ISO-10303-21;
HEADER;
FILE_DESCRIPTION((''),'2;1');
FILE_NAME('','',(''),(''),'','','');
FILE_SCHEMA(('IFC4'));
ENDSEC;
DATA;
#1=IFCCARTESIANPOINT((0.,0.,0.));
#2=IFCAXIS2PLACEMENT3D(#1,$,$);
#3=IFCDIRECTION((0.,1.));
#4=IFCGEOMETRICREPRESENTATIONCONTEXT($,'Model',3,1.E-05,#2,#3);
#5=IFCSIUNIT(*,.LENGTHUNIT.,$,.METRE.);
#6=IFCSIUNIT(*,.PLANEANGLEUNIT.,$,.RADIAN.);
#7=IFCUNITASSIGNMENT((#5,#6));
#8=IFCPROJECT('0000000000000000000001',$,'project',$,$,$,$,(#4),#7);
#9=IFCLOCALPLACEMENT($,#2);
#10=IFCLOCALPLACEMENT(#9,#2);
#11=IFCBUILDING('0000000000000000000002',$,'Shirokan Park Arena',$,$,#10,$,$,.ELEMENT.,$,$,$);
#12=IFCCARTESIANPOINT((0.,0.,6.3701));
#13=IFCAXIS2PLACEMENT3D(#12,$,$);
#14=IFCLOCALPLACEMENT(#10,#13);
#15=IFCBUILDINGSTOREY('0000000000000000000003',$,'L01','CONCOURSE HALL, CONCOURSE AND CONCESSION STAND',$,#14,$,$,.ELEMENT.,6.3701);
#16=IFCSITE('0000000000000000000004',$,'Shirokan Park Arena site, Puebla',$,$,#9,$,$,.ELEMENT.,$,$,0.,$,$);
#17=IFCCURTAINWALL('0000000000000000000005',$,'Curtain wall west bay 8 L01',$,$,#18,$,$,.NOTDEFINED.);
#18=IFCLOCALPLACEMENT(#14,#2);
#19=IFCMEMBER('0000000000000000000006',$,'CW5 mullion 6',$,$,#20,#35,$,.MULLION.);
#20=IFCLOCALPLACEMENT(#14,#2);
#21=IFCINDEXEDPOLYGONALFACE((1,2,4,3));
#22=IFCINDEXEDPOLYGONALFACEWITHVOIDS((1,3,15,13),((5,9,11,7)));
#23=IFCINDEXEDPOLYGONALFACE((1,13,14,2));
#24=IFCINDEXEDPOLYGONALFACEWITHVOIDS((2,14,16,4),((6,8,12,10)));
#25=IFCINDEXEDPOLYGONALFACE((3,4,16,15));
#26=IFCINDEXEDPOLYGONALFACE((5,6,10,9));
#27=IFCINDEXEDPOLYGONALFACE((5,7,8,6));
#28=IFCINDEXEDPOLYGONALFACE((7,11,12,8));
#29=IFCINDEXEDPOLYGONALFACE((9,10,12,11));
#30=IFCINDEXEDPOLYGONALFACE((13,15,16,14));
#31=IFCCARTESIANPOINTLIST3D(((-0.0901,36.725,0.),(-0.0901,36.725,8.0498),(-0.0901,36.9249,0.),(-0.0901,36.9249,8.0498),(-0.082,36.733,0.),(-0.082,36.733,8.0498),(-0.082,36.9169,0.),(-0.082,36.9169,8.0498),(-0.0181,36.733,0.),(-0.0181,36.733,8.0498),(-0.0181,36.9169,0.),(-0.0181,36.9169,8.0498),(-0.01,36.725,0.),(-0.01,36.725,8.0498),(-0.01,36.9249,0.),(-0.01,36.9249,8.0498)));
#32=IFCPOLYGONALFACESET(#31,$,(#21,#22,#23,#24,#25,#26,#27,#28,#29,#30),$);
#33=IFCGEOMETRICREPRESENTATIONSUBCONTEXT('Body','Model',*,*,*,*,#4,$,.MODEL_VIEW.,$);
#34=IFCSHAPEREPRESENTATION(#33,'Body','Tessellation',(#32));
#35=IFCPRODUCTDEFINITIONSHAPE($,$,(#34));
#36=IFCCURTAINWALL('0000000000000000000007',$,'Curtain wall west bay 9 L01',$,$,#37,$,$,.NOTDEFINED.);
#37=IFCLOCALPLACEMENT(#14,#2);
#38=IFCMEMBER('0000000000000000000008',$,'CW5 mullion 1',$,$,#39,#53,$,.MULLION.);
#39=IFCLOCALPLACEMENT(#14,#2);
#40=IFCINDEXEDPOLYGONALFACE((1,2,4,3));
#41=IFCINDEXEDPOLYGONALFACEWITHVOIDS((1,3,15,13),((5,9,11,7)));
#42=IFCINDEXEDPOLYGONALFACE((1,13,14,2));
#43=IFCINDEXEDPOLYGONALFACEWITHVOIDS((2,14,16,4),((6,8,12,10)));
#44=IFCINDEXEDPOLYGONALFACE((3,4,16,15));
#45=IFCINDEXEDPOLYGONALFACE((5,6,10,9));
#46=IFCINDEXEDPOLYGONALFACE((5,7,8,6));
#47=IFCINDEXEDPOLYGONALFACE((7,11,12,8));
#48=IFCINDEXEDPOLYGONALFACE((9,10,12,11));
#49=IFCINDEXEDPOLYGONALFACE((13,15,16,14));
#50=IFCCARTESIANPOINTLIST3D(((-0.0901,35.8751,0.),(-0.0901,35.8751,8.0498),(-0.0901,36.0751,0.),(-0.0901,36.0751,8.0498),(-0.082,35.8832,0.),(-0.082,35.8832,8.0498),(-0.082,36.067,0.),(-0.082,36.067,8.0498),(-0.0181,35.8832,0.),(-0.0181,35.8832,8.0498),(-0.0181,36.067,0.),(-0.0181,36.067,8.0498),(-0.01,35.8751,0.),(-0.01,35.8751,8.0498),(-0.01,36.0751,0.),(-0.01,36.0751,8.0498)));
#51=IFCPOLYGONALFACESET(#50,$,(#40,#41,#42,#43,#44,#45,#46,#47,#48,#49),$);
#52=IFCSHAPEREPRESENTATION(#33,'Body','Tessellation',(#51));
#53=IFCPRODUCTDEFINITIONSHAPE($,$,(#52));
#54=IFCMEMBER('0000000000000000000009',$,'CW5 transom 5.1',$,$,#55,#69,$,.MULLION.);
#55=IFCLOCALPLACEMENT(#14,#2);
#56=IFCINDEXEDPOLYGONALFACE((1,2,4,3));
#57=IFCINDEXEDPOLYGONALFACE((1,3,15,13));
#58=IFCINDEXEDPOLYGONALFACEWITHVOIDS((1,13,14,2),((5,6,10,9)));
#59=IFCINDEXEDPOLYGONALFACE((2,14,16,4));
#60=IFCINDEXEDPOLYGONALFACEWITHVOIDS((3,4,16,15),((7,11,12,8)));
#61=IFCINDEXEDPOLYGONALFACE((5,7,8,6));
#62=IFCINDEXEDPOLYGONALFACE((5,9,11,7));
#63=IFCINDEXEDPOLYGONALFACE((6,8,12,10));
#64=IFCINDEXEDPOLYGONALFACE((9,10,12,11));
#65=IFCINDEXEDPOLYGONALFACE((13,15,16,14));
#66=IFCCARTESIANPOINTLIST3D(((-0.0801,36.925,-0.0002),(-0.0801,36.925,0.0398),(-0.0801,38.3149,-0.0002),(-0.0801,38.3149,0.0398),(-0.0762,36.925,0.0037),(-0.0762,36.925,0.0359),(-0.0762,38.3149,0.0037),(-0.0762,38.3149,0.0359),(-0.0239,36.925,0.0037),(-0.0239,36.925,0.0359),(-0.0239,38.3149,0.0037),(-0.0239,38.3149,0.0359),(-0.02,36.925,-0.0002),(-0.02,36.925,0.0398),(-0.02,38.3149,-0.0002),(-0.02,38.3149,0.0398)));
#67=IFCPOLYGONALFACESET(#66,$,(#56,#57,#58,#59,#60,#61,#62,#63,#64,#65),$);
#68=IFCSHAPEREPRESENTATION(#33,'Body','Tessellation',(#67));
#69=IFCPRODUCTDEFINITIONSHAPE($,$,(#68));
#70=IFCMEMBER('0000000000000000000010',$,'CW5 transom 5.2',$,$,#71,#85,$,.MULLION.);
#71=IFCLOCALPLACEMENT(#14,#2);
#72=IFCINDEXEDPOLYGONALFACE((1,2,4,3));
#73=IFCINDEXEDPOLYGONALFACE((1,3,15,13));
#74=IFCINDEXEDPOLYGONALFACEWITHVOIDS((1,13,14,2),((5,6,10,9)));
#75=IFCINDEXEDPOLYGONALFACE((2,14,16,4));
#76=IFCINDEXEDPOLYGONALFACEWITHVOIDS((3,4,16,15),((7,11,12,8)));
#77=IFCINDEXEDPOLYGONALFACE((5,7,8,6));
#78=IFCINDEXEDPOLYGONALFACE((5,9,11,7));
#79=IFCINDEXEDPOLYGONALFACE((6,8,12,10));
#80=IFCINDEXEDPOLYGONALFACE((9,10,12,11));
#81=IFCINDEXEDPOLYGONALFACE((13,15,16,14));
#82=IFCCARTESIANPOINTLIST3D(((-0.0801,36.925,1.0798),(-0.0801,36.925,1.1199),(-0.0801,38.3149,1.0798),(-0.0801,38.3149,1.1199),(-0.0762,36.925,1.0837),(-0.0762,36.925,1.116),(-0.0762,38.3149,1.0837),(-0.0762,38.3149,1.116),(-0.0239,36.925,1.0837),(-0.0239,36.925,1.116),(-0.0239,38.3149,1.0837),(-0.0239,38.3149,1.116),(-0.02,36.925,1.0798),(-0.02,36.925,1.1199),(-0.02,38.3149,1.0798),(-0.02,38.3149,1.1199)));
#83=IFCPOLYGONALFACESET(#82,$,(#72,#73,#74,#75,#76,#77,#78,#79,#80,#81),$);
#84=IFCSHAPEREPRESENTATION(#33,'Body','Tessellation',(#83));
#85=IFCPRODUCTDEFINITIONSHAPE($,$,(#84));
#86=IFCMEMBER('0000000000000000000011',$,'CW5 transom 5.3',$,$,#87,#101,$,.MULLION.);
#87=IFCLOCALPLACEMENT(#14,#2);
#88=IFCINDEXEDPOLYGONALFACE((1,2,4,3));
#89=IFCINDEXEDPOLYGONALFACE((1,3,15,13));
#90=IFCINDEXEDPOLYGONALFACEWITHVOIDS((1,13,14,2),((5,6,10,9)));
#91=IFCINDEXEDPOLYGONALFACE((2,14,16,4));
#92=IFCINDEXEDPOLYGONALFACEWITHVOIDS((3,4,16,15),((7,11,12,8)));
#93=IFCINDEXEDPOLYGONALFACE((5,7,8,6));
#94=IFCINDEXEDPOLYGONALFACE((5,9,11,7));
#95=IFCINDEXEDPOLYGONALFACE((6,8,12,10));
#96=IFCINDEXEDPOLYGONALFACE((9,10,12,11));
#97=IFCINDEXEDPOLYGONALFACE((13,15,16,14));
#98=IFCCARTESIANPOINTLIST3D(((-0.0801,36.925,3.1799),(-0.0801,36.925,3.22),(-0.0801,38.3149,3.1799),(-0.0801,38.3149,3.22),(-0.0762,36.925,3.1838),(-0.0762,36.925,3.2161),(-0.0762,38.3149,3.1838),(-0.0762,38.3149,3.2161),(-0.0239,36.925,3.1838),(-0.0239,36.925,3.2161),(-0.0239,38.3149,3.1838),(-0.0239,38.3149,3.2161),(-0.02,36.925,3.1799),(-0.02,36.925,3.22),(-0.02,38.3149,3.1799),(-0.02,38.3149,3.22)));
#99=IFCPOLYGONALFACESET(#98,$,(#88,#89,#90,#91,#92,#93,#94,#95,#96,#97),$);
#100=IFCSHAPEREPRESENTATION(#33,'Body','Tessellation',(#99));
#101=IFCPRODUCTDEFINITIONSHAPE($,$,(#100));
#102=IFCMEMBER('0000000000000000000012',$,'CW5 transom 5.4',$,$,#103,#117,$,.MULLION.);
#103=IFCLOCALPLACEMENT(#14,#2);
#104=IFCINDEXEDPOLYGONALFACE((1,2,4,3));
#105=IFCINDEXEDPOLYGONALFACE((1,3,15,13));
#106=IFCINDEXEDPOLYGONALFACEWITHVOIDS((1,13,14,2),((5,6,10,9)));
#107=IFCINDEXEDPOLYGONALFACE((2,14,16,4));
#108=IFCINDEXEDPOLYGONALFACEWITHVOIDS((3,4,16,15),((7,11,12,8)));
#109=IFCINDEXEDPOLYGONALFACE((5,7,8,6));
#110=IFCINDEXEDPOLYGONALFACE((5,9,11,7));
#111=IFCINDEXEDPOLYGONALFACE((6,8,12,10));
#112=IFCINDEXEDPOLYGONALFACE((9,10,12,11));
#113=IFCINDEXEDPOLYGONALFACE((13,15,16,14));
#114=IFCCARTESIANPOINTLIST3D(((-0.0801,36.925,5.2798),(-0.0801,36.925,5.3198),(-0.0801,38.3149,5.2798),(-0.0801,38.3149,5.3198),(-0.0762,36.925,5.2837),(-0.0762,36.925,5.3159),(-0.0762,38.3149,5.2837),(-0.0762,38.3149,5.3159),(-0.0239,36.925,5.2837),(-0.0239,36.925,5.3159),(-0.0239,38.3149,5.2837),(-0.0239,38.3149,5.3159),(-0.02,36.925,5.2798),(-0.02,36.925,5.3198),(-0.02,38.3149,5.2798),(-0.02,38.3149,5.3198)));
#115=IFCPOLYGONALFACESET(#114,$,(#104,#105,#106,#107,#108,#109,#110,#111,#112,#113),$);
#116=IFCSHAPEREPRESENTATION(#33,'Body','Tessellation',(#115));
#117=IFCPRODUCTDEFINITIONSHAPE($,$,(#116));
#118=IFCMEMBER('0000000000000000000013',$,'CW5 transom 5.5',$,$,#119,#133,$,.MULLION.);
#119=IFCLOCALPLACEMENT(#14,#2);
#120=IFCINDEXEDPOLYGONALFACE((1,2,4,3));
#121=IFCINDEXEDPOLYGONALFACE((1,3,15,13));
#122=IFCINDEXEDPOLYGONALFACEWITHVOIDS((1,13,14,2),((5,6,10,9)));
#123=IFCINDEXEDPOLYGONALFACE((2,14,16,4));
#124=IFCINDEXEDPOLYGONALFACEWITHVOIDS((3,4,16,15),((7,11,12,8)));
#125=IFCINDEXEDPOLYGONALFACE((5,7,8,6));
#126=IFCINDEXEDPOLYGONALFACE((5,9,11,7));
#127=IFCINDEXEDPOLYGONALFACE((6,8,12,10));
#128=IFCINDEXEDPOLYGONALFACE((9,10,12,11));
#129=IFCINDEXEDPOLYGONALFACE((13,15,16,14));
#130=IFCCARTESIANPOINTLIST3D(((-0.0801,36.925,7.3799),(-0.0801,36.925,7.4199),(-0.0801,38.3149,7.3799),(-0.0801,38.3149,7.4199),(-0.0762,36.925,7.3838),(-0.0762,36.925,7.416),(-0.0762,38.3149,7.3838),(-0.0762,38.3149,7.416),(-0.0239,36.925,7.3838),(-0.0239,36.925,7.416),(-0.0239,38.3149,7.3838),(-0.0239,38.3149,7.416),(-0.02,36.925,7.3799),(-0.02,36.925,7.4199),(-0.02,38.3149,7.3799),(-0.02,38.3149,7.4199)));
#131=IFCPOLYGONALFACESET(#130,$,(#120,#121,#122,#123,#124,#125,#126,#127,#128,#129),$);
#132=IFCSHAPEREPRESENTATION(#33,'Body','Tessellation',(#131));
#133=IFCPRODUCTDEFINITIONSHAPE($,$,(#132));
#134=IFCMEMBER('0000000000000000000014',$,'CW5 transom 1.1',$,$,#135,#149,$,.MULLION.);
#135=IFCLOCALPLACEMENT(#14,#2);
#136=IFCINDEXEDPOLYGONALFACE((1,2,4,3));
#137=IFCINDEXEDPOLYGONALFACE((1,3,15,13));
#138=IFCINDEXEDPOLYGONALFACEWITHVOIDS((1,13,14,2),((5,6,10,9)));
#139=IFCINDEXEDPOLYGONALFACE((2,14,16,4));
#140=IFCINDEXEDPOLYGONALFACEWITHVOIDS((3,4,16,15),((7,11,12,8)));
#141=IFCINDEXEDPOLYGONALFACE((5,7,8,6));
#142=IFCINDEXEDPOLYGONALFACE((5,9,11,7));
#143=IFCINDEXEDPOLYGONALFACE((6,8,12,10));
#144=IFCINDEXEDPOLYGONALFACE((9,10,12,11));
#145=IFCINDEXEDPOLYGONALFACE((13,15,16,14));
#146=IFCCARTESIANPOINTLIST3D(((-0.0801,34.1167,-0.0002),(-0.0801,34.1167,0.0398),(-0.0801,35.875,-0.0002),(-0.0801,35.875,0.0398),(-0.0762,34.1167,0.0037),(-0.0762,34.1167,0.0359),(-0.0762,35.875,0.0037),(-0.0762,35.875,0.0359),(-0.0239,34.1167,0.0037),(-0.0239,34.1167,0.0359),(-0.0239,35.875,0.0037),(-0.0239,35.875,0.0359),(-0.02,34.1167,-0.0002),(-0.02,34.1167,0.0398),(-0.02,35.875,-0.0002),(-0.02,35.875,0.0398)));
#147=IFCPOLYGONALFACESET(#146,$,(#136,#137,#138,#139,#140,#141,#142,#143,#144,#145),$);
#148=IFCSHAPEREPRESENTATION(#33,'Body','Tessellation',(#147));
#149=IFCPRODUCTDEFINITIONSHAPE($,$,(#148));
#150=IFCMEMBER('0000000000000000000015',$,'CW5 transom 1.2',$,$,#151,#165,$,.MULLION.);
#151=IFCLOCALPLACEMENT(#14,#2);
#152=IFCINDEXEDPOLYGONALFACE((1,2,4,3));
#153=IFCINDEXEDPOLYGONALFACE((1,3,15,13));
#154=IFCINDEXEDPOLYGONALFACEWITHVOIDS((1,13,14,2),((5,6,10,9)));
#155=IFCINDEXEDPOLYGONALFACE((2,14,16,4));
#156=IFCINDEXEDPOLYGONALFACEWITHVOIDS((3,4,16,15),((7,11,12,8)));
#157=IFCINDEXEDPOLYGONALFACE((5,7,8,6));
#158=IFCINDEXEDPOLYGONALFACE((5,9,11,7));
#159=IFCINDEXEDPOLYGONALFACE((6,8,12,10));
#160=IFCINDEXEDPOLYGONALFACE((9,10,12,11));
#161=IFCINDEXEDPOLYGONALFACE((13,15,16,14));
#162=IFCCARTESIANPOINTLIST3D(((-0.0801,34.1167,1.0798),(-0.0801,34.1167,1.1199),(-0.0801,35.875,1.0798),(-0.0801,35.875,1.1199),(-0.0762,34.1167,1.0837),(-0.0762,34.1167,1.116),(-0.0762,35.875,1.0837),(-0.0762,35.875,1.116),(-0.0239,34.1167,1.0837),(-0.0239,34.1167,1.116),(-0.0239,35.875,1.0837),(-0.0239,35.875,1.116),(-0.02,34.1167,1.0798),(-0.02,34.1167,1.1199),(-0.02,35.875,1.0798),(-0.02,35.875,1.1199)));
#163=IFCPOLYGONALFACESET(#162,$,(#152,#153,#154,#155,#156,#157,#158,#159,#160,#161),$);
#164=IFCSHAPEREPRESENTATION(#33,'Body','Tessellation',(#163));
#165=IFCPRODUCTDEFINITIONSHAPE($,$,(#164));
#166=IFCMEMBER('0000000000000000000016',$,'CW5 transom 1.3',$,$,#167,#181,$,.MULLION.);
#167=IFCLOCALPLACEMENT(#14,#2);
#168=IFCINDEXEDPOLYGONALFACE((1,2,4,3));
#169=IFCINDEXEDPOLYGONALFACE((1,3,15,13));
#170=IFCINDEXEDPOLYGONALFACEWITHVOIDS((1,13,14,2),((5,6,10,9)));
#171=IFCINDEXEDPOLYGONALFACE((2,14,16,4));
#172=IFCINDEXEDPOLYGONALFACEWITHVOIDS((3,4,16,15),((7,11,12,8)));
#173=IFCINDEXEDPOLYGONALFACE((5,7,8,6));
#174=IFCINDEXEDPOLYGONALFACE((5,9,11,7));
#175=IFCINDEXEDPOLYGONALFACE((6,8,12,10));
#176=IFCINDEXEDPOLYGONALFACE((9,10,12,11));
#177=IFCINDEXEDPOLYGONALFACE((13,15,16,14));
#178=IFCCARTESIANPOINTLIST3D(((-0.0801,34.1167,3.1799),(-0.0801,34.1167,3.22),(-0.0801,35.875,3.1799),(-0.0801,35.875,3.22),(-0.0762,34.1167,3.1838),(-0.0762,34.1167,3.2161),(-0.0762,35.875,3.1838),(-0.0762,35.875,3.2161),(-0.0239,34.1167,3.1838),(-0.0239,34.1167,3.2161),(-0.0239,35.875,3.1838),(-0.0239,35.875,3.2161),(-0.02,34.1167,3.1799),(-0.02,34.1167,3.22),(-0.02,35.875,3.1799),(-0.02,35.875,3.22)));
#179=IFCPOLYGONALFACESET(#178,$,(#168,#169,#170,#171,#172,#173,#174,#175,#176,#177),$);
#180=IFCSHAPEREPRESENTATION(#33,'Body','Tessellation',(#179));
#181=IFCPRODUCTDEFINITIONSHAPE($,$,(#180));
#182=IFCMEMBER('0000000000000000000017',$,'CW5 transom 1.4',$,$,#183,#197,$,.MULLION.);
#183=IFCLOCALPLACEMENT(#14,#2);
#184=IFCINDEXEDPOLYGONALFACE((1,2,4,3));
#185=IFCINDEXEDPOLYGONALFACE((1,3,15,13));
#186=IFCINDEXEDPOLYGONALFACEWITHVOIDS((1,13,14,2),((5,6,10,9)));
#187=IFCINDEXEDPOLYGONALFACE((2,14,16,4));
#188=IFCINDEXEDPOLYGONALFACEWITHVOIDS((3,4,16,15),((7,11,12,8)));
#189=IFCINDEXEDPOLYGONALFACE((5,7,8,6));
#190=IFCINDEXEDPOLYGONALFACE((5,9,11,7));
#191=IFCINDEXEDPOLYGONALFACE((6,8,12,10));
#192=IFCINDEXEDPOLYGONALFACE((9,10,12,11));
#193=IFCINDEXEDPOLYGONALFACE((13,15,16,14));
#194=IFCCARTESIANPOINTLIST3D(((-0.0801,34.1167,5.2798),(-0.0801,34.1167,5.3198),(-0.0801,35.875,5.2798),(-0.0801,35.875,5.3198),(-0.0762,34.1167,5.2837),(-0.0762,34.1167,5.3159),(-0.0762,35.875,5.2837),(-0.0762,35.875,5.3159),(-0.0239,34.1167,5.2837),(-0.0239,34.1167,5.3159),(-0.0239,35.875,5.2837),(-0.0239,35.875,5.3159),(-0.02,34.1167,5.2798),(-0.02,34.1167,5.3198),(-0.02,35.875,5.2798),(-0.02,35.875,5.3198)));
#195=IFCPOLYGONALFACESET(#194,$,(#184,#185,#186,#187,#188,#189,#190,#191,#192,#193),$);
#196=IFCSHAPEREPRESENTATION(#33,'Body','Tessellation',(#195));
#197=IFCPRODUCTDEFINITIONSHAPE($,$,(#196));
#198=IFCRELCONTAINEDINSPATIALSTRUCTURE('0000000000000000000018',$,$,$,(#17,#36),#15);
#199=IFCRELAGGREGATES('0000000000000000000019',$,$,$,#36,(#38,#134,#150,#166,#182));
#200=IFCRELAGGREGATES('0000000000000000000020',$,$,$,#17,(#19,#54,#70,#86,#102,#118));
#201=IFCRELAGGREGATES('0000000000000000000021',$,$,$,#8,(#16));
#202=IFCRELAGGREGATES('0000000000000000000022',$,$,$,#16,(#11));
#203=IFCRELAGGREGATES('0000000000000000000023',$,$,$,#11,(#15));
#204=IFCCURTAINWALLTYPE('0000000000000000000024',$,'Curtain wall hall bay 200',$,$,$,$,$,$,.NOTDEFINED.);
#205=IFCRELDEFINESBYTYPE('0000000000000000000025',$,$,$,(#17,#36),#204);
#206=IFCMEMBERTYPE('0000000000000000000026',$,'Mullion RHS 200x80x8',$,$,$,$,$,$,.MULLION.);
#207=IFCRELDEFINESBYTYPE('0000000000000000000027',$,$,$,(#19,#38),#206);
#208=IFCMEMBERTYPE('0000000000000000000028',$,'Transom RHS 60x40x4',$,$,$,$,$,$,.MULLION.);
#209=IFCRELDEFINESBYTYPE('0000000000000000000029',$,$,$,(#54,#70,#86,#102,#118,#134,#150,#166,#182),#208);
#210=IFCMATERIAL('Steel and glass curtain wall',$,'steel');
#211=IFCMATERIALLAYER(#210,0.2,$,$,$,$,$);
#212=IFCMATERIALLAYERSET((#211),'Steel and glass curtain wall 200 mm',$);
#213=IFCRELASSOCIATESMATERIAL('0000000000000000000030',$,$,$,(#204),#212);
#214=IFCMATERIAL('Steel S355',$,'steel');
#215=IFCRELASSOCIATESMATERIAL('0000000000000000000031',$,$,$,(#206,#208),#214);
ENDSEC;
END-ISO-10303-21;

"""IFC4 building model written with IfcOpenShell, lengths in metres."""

from ifc_helpers import new_model, si_unit, direction, frame, origin, origin_2d, place, context, subcontext, project, spatial, hollow_rectangle, extrude, material, layer, layer_set, material_profile, profile_set, type_object, element, aggregate, save


model = new_model("IFC4")

# Units and contexts
model_context = context("Model", 3, precision=1e-05, world=origin(), true_north=direction((0.0, 1.0)))
body_context = subcontext(model_context, "Body", "Model", "MODEL_VIEW")
ifc_project = project(units=[si_unit("LENGTHUNIT", "METRE"), si_unit("PLANEANGLEUNIT", "RADIAN")], contexts=[model_context])

# Site, building, storey
site_placement = place(None, origin())
site = spatial("IfcSite", under=ifc_project, at=site_placement, Name="Shirokan Park Arena site, Puebla", CompositionType="ELEMENT", RefElevation=0.0)
building_placement = place(site_placement, origin())
building = spatial("IfcBuilding", under=site, at=building_placement, Name="Shirokan Park Arena", CompositionType="ELEMENT")
storey_placement = place(building_placement, frame((0.0, 0.0, 6.3701)))
storey = spatial("IfcBuildingStorey", under=building, at=storey_placement, Name="L01", Description="CONCOURSE HALL, CONCOURSE AND CONCESSION STAND", CompositionType="ELEMENT", Elevation=6.3701)

# Curtain walls, members
ifc_material_1 = material(Name="Steel and glass curtain wall", Category="steel")
ifc_layer_1 = layer(ifc_material_1, 0.2)
ifc_layer_set_1 = layer_set([ifc_layer_1], Name="Steel and glass curtain wall 200 mm")
curtain_wall_type = type_object("IfcCurtainWallType", Name="Curtain wall hall bay 200", PredefinedType="NOTDEFINED", material=ifc_layer_set_1)
curtain_wall_1_placement = place(storey_placement, origin())
curtain_wall_1 = element("IfcCurtainWall", 1, at=curtain_wall_1_placement, inside=storey, type_object=curtain_wall_type, Name="Curtain wall west bay 8 L01", PredefinedType="NOTDEFINED")
ifc_material_2 = material(Name="Steel S355", Category="steel")
ifc_material_profile_1 = material_profile(ifc_material_2, hollow_rectangle(XDim=0.0801, YDim=0.2, WallThickness=0.0081, at=origin_2d()), Name="RHS 200x80x8")
ifc_profile_set_1 = profile_set([ifc_material_profile_1], Name="Steel S355")
member_type_1 = type_object("IfcMemberType", Name="Mullion RHS 200x80x8", PredefinedType="MULLION", material=ifc_profile_set_1)
member_1_placement = place(storey_placement, frame((-0.05, 36.825, 0.0), z_axis=(0.0, 0.0, 1.0), x_axis=(1.0, 0.0, 0.0)))
member_1 = element("IfcMember", 2, at=member_1_placement, type_object=member_type_1, Name="CW5 mullion 6", PredefinedType="MULLION", context=body_context, shape_type="SweptSolid", body=[
    extrude(hollow_rectangle(XDim=0.0801, YDim=0.2, WallThickness=0.0081, at=origin_2d()), origin(), (0.0, 0.0, 1.0), 8.0498),
])
curtain_wall_2_placement = place(storey_placement, origin())
curtain_wall_2 = element("IfcCurtainWall", 3, at=curtain_wall_2_placement, inside=storey, type_object=curtain_wall_type, Name="Curtain wall west bay 9 L01", PredefinedType="NOTDEFINED")
member_2_placement = place(storey_placement, frame((-0.05, 35.9751, 0.0), z_axis=(0.0, 0.0, 1.0), x_axis=(1.0, 0.0, 0.0)))
member_2 = element("IfcMember", 4, at=member_2_placement, type_object=member_type_1, Name="CW5 mullion 1", PredefinedType="MULLION", context=body_context, shape_type="SweptSolid", body=[
    extrude(hollow_rectangle(XDim=0.0801, YDim=0.2, WallThickness=0.0081, at=origin_2d()), origin(), (0.0, 0.0, 1.0), 8.0498),
])

# Members
ifc_material_profile_2 = material_profile(ifc_material_2, hollow_rectangle(XDim=0.0601, YDim=0.04, WallThickness=0.0039, at=origin_2d()), Name="RHS 60x40x4")
ifc_profile_set_2 = profile_set([ifc_material_profile_2], Name="Steel S355")
member_type_2 = type_object("IfcMemberType", Name="Transom RHS 60x40x4", PredefinedType="MULLION", material=ifc_profile_set_2)
member_3_placement = place(storey_placement, frame((-0.05, 38.3149, 0.0198), z_axis=(0.0, -1.0, 0.0), x_axis=(1.0, 0.0, 0.0)))
member_3 = element("IfcMember", 5, at=member_3_placement, type_object=member_type_2, Name="CW5 transom 5.1", PredefinedType="MULLION", context=body_context, shape_type="SweptSolid", body=[
    extrude(hollow_rectangle(XDim=0.0601, YDim=0.04, WallThickness=0.0039, at=origin_2d()), origin(), (0.0, 0.0, 1.0), 1.3899),
])
member_4_placement = place(storey_placement, frame((-0.05, 38.3149, 1.0999), z_axis=(0.0, -1.0, 0.0), x_axis=(1.0, 0.0, 0.0)))
member_4 = element("IfcMember", 6, at=member_4_placement, type_object=member_type_2, Name="CW5 transom 5.2", PredefinedType="MULLION", context=body_context, shape_type="SweptSolid", body=[
    extrude(hollow_rectangle(XDim=0.0601, YDim=0.04, WallThickness=0.0039, at=origin_2d()), origin(), (0.0, 0.0, 1.0), 1.3899),
])
member_5_placement = place(storey_placement, frame((-0.05, 38.3149, 3.2), z_axis=(0.0, -1.0, 0.0), x_axis=(1.0, 0.0, 0.0)))
member_5 = element("IfcMember", 7, at=member_5_placement, type_object=member_type_2, Name="CW5 transom 5.3", PredefinedType="MULLION", context=body_context, shape_type="SweptSolid", body=[
    extrude(hollow_rectangle(XDim=0.0601, YDim=0.04, WallThickness=0.0039, at=origin_2d()), origin(), (0.0, 0.0, 1.0), 1.3899),
])
member_6_placement = place(storey_placement, frame((-0.05, 38.3149, 5.2998), z_axis=(0.0, -1.0, 0.0), x_axis=(1.0, 0.0, 0.0)))
member_6 = element("IfcMember", 8, at=member_6_placement, type_object=member_type_2, Name="CW5 transom 5.4", PredefinedType="MULLION", context=body_context, shape_type="SweptSolid", body=[
    extrude(hollow_rectangle(XDim=0.0601, YDim=0.04, WallThickness=0.0039, at=origin_2d()), origin(), (0.0, 0.0, 1.0), 1.3899),
])
member_7_placement = place(storey_placement, frame((-0.05, 38.3149, 7.3999), z_axis=(0.0, -1.0, 0.0), x_axis=(1.0, 0.0, 0.0)))
member_7 = element("IfcMember", 9, at=member_7_placement, type_object=member_type_2, Name="CW5 transom 5.5", PredefinedType="MULLION", context=body_context, shape_type="SweptSolid", body=[
    extrude(hollow_rectangle(XDim=0.0601, YDim=0.04, WallThickness=0.0039, at=origin_2d()), origin(), (0.0, 0.0, 1.0), 1.3899),
])
member_8_placement = place(storey_placement, frame((-0.05, 35.875, 0.0198), z_axis=(0.0, -1.0, 0.0), x_axis=(1.0, 0.0, 0.0)))
member_8 = element("IfcMember", 10, at=member_8_placement, type_object=member_type_2, Name="CW5 transom 1.1", PredefinedType="MULLION", context=body_context, shape_type="SweptSolid", body=[
    extrude(hollow_rectangle(XDim=0.0601, YDim=0.04, WallThickness=0.0039, at=origin_2d()), origin(), (0.0, 0.0, 1.0), 1.7583),
])
member_9_placement = place(storey_placement, frame((-0.05, 35.875, 1.0999), z_axis=(0.0, -1.0, 0.0), x_axis=(1.0, 0.0, 0.0)))
member_9 = element("IfcMember", 11, at=member_9_placement, type_object=member_type_2, Name="CW5 transom 1.2", PredefinedType="MULLION", context=body_context, shape_type="SweptSolid", body=[
    extrude(hollow_rectangle(XDim=0.0601, YDim=0.04, WallThickness=0.0039, at=origin_2d()), origin(), (0.0, 0.0, 1.0), 1.7583),
])
member_10_placement = place(storey_placement, frame((-0.05, 35.875, 3.2), z_axis=(0.0, -1.0, 0.0), x_axis=(1.0, 0.0, 0.0)))
member_10 = element("IfcMember", 12, at=member_10_placement, type_object=member_type_2, Name="CW5 transom 1.3", PredefinedType="MULLION", context=body_context, shape_type="SweptSolid", body=[
    extrude(hollow_rectangle(XDim=0.0601, YDim=0.04, WallThickness=0.0039, at=origin_2d()), origin(), (0.0, 0.0, 1.0), 1.7583),
])
member_11_placement = place(storey_placement, frame((-0.05, 35.875, 5.2998), z_axis=(0.0, -1.0, 0.0), x_axis=(1.0, 0.0, 0.0)))
member_11 = element("IfcMember", 13, at=member_11_placement, type_object=member_type_2, Name="CW5 transom 1.4", PredefinedType="MULLION", context=body_context, shape_type="SweptSolid", body=[
    extrude(hollow_rectangle(XDim=0.0601, YDim=0.04, WallThickness=0.0039, at=origin_2d()), origin(), (0.0, 0.0, 1.0), 1.7583),
])

aggregate(curtain_wall_2, [member_2, member_8, member_9, member_10, member_11])
aggregate(curtain_wall_1, [member_1, member_3, member_4, member_5, member_6, member_7])

save(model, "model.ifc")
